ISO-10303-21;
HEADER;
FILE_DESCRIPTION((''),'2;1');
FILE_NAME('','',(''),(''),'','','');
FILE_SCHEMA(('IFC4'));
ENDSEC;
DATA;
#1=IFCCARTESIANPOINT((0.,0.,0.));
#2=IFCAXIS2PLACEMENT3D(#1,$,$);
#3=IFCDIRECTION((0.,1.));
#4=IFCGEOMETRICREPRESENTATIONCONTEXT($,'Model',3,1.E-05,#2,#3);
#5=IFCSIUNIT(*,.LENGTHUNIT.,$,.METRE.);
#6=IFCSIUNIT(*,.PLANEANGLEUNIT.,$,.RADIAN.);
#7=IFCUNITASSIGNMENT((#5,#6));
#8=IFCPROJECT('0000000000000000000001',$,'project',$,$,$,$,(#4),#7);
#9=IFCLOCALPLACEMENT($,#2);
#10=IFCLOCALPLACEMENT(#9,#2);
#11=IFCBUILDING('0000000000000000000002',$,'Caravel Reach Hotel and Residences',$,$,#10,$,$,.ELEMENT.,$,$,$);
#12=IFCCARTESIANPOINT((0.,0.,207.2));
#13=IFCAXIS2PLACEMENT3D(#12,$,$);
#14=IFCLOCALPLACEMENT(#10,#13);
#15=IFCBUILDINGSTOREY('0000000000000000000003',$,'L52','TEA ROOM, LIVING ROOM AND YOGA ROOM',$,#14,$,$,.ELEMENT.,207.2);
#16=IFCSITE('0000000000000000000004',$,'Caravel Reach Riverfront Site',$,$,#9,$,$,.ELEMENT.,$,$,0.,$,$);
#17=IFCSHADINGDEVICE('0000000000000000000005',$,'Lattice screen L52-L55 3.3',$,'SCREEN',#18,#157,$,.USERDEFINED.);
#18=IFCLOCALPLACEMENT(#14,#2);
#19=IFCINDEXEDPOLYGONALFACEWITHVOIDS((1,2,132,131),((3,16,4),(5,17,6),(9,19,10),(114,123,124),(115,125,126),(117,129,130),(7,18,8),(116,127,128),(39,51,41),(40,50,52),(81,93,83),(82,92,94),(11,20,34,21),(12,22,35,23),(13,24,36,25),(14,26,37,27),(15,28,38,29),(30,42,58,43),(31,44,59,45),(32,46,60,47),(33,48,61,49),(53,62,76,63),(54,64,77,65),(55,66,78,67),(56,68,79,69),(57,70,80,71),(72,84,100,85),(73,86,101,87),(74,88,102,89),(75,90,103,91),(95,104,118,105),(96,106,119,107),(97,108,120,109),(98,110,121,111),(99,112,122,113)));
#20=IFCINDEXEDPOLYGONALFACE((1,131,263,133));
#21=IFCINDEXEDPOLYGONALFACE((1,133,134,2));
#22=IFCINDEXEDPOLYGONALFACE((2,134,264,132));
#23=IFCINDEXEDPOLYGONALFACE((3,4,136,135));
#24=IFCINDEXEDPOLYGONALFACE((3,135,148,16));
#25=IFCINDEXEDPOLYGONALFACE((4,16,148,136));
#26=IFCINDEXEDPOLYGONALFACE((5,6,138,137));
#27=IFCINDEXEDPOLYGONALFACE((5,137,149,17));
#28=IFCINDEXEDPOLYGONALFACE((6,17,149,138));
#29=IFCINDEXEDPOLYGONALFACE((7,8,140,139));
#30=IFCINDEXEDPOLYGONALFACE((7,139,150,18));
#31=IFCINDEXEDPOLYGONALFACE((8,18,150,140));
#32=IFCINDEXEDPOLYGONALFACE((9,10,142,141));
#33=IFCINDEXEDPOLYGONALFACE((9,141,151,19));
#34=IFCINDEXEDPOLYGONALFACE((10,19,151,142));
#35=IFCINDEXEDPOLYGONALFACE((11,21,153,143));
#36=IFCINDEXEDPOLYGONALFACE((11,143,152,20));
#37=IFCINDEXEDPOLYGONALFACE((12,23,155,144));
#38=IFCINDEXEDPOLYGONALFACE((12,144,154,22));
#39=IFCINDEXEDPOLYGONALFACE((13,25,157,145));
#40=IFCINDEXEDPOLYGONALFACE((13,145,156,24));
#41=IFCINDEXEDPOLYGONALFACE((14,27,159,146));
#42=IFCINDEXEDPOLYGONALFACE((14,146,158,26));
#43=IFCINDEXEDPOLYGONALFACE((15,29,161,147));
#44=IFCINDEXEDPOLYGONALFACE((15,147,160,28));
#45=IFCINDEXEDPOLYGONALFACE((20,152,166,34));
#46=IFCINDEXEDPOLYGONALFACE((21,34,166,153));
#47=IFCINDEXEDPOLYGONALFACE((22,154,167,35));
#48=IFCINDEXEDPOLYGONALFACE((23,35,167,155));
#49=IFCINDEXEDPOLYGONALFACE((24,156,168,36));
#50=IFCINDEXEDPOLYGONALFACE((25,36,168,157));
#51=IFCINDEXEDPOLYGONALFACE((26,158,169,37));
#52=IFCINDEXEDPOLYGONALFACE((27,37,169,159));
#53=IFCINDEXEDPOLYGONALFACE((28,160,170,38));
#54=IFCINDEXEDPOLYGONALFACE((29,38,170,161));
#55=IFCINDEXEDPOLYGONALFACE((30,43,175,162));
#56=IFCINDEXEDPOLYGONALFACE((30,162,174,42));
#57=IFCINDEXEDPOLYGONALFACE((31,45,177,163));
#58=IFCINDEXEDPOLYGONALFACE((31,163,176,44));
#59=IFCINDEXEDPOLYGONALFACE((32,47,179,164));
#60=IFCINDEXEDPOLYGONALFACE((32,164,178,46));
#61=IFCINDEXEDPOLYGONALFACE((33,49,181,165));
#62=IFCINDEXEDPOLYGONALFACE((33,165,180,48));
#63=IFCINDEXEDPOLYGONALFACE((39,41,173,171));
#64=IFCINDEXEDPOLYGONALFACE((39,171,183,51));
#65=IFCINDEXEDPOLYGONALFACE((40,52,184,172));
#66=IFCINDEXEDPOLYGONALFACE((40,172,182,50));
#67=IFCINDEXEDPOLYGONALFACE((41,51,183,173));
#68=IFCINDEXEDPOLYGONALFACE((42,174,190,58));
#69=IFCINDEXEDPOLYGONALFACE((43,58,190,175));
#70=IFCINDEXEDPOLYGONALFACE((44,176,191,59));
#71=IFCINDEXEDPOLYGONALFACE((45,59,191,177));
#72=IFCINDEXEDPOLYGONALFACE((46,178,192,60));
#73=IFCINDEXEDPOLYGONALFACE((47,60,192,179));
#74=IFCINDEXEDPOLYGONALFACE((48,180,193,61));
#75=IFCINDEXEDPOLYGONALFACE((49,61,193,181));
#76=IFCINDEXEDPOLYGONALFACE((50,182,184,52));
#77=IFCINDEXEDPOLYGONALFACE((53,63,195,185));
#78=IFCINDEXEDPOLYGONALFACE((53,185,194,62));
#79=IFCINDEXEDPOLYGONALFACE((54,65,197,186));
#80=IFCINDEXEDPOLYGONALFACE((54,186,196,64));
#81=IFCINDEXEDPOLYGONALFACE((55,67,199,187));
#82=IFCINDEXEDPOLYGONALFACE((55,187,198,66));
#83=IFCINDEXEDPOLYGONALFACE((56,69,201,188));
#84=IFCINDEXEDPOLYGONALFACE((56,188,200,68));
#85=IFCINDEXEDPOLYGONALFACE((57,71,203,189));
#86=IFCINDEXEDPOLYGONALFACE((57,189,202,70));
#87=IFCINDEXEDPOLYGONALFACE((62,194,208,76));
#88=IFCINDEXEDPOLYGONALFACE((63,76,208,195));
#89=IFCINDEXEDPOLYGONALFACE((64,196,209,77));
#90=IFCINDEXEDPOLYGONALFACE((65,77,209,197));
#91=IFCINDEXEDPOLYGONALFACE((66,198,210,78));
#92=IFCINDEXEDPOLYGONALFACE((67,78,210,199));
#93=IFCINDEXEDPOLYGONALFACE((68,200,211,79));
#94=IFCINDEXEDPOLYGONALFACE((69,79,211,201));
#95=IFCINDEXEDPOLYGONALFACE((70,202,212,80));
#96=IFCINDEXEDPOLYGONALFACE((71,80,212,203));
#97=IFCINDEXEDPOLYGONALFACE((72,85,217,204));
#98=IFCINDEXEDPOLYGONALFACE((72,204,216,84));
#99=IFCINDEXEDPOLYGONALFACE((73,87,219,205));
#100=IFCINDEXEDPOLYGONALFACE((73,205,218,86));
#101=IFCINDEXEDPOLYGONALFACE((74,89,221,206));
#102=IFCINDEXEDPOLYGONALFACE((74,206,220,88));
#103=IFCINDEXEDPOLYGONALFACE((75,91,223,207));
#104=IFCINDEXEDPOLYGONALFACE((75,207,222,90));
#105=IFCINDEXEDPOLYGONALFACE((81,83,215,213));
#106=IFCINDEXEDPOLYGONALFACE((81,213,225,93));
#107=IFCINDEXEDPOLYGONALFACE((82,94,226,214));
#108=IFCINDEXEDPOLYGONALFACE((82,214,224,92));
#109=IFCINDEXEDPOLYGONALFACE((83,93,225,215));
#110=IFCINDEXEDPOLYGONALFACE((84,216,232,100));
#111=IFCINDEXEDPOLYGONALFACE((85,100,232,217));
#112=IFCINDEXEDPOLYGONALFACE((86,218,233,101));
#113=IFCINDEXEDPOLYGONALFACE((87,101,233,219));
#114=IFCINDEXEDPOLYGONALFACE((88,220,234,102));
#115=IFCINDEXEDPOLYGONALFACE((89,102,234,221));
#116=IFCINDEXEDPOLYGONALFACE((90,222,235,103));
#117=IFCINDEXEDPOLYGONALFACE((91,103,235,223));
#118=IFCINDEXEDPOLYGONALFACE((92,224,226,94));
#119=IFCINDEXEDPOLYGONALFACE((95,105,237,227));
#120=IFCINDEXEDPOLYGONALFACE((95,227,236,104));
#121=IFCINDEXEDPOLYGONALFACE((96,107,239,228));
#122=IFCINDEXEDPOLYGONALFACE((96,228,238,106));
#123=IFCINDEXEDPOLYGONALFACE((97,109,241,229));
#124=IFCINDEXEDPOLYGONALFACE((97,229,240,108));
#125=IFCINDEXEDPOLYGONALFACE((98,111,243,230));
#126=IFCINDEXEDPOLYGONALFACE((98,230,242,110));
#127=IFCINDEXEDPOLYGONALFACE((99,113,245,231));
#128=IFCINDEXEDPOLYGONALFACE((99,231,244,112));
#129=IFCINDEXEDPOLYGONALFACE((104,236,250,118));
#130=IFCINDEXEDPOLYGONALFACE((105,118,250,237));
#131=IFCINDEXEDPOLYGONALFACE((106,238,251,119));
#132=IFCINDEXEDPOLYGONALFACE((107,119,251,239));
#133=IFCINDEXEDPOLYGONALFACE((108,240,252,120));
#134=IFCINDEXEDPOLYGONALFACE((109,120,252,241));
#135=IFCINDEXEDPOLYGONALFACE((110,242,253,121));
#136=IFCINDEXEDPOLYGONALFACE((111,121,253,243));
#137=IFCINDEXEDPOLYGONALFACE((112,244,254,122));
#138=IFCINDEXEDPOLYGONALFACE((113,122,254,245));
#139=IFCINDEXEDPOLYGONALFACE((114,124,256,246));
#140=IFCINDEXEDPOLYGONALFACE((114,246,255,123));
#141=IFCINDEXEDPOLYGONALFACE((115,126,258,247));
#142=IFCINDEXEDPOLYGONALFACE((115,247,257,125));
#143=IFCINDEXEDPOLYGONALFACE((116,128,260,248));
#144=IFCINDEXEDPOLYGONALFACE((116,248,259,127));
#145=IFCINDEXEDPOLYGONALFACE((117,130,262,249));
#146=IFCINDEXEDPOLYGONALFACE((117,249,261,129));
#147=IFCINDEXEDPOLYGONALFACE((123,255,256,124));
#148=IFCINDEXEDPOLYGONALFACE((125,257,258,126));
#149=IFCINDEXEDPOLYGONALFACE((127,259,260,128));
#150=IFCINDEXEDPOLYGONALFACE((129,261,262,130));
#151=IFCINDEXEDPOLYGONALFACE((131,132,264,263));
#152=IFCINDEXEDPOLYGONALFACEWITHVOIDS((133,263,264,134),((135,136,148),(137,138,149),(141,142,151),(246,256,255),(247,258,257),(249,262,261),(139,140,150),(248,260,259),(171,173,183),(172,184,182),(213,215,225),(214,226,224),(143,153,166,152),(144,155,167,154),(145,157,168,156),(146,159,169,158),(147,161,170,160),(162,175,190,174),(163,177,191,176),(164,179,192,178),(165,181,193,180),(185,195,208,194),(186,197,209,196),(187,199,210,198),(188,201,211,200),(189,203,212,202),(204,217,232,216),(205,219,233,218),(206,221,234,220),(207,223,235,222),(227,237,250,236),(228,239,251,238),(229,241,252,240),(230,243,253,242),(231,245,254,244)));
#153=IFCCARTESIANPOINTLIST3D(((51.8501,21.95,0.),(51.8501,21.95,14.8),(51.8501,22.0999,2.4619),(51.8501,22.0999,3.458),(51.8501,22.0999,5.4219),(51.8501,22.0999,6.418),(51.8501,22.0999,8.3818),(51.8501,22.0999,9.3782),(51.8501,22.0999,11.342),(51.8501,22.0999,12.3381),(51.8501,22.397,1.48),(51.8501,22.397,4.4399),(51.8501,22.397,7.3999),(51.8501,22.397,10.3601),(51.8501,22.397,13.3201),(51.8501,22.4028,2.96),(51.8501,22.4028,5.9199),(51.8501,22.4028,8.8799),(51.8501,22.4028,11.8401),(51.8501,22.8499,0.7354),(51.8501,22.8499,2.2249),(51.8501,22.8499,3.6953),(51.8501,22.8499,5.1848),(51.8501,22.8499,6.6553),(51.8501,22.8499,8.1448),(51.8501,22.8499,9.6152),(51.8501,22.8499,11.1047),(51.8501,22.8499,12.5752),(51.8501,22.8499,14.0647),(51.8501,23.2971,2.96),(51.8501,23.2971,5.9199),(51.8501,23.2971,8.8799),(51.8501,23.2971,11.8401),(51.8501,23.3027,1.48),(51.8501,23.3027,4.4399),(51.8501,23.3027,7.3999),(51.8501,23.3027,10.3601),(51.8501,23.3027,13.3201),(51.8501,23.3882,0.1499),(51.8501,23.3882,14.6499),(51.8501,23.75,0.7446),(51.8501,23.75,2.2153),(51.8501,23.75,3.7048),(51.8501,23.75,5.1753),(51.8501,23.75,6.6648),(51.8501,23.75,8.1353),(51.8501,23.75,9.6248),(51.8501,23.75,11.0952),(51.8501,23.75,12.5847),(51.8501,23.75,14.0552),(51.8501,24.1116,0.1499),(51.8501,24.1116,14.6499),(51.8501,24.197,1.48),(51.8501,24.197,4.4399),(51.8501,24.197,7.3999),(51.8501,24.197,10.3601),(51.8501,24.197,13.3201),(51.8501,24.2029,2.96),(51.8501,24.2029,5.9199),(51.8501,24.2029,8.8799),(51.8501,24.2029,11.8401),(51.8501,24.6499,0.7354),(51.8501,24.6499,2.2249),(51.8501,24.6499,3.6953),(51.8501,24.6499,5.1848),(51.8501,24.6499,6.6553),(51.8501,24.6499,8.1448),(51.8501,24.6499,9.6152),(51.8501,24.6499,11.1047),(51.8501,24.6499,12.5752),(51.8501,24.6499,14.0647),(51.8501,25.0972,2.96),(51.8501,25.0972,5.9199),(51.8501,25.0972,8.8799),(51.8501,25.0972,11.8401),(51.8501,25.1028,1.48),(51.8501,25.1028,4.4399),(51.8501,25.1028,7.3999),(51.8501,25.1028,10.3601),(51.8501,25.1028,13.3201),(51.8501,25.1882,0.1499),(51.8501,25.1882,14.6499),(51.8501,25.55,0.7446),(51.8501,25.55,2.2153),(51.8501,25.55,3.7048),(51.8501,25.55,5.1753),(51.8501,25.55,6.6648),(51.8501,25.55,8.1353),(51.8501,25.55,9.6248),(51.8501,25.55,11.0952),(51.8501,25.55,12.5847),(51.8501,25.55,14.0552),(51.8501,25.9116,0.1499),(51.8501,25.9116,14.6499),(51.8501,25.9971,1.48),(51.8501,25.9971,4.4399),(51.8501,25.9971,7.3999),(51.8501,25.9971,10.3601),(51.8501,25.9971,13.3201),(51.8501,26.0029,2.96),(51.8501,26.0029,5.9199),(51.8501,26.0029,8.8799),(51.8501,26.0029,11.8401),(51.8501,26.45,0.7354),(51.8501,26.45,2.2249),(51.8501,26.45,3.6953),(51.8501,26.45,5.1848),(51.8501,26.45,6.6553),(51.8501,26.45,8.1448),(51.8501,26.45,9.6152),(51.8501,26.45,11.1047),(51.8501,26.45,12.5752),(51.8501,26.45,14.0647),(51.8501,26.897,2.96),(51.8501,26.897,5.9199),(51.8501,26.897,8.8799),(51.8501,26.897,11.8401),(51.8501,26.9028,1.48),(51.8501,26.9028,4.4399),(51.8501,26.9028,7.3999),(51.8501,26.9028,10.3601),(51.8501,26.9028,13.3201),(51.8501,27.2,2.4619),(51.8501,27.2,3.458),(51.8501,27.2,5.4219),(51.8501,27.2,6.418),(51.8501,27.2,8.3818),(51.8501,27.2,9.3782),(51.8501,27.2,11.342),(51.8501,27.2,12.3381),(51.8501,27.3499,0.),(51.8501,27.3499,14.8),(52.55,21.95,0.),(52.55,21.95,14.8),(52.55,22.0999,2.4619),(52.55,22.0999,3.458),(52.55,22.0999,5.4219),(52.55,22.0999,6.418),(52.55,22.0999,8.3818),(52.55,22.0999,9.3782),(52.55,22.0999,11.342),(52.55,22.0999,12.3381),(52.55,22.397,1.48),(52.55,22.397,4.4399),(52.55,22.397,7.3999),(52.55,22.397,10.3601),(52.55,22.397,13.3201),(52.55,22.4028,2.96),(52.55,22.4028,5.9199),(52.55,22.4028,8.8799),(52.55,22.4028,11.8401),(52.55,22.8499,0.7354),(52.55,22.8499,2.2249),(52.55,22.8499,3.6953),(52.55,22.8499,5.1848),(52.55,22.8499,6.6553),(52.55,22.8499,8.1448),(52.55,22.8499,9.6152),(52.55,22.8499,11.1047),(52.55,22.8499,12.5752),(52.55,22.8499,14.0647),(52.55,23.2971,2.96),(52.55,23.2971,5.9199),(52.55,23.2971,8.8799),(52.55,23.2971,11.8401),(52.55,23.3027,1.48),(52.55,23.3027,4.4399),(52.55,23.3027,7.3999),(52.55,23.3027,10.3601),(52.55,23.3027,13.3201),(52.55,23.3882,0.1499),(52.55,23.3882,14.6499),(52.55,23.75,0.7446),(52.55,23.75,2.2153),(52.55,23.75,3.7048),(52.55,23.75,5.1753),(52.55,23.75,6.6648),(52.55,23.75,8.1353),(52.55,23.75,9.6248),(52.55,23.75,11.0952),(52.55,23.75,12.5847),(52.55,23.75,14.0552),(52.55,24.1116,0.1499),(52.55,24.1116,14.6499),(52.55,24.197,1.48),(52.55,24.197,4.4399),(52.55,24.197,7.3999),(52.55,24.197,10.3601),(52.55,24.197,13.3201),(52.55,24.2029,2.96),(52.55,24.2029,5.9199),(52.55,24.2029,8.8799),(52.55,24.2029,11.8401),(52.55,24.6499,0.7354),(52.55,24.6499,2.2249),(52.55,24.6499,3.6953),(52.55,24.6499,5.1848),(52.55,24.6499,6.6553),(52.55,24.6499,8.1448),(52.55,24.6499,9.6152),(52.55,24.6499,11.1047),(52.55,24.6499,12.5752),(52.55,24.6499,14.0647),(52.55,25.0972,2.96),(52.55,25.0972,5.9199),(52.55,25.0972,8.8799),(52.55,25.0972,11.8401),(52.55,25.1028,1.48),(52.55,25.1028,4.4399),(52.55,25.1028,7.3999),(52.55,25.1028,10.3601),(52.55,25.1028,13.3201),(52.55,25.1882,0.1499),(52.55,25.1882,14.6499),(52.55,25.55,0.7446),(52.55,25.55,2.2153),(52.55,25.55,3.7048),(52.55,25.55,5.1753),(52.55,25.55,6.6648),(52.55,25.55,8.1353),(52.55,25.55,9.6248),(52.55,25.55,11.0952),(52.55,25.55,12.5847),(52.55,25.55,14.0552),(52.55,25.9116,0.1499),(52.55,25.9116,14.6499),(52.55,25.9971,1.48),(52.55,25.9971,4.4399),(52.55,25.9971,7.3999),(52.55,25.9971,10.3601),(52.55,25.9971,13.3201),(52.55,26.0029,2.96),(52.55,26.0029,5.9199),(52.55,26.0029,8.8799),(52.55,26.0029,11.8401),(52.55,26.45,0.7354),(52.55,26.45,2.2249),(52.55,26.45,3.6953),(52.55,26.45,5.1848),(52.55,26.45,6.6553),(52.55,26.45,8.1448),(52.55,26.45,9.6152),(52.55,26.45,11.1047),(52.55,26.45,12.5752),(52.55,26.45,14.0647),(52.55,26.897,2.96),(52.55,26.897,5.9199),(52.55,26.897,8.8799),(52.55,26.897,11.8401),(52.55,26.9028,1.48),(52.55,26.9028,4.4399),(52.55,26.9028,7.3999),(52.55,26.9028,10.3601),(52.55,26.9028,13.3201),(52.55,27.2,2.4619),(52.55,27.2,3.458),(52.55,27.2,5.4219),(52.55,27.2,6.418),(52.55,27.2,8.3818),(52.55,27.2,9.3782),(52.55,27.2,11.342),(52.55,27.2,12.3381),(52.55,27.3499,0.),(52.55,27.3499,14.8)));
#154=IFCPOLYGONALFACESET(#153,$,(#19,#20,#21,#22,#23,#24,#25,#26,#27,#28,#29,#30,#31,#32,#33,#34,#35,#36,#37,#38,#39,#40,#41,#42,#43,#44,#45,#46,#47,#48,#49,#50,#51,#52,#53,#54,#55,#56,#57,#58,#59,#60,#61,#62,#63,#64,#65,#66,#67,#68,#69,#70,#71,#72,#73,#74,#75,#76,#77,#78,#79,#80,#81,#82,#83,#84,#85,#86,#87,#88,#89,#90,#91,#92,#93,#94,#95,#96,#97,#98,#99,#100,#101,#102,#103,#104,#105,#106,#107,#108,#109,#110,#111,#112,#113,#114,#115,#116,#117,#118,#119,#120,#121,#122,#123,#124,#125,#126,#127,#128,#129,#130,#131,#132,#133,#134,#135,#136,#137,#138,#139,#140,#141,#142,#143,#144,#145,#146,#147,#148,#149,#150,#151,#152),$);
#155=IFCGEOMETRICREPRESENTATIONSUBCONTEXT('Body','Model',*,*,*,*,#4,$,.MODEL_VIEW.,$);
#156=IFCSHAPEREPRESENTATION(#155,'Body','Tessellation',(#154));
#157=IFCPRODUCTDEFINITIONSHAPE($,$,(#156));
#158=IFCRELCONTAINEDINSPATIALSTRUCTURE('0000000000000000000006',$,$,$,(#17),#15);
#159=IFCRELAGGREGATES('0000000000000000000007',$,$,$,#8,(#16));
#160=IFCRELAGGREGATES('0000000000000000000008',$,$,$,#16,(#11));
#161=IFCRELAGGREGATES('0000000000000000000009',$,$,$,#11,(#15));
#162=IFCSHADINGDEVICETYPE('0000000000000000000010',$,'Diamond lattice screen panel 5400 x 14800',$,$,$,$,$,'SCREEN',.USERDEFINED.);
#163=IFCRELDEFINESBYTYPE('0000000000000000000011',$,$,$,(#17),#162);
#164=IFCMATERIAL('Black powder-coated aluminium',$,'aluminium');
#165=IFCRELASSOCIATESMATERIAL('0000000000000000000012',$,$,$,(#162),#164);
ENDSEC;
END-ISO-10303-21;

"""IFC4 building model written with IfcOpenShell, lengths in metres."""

from ifc_helpers import new_model, si_unit, direction, frame, origin, place, context, subcontext, project, spatial, polyline, outline, extrude, material, type_object, element, save


model = new_model("IFC4")

# Units and contexts
model_context = context("Model", 3, precision=1e-05, world=origin(), true_north=direction((0.0, 1.0)))
body_context = subcontext(model_context, "Body", "Model", "MODEL_VIEW")
ifc_project = project(units=[si_unit("LENGTHUNIT", "METRE"), si_unit("PLANEANGLEUNIT", "RADIAN")], contexts=[model_context])

# Site, building, storey
site_placement = place(None, origin())
site = spatial("IfcSite", under=ifc_project, at=site_placement, Name="Caravel Reach Riverfront Site", CompositionType="ELEMENT", RefElevation=0.0)
building_placement = place(site_placement, origin())
building = spatial("IfcBuilding", under=site, at=building_placement, Name="Caravel Reach Hotel and Residences", CompositionType="ELEMENT")
storey_placement = place(building_placement, frame((0.0, 0.0, 207.2)))
storey = spatial("IfcBuildingStorey", under=building, at=storey_placement, Name="L52", Description="TEA ROOM, LIVING ROOM AND YOGA ROOM", CompositionType="ELEMENT", Elevation=207.2)

# Shading device
ifc_material_1 = material(Name="Black powder-coated aluminium", Category="aluminium")
shading_device_type = type_object("IfcShadingDeviceType", Name="Diamond lattice screen panel 5400 x 14800", ElementType="SCREEN", PredefinedType="USERDEFINED", material=ifc_material_1)
shading_device_1_placement = place(storey_placement, frame((51.8501, 21.95, 0.0), z_axis=(1.0, 0.0, 0.0), x_axis=(0.0, 1.0, 0.0)))
element("IfcShadingDevice", 1, at=shading_device_1_placement, inside=storey, type_object=shading_device_type, Name="Lattice screen L52-L55 3.3", ObjectType="SCREEN", PredefinedType="USERDEFINED", context=body_context, shape_type="SweptSolid", body=[
    extrude(outline(polyline([(0.0, 0.0), (5.3999, 0.0), (5.3999, 14.8), (0.0, 14.8), (0.0, 0.0)]), holes=[polyline([(0.4529, 2.96), (0.1499, 3.458), (0.1499, 2.4619), (0.4529, 2.96)]), polyline([(0.4529, 5.9199), (0.1499, 6.418), (0.1499, 5.4219), (0.4529, 5.9199)]), polyline([(0.4529, 8.8799), (0.1499, 9.3782), (0.1499, 8.3818), (0.4529, 8.8799)]), polyline([(0.4529, 11.8401), (0.1499, 12.3381), (0.1499, 11.342), (0.4529, 11.8401)]), polyline([(0.8999, 2.2249), (0.447, 1.48), (0.8999, 0.7354), (1.3528, 1.48), (0.8999, 2.2249)]), polyline([(0.8999, 5.1848), (0.447, 4.4399), (0.8999, 3.6953), (1.3528, 4.4399), (0.8999, 5.1848)]), polyline([(0.8999, 8.1448), (0.447, 7.3999), (0.8999, 6.6553), (1.3528, 7.3999), (0.8999, 8.1448)]), polyline([(0.8999, 11.1047), (0.447, 10.3601), (0.8999, 9.6152), (1.3528, 10.3601), (0.8999, 11.1047)]), polyline([(0.8999, 14.0647), (0.447, 13.3201), (0.8999, 12.5752), (1.3528, 13.3201), (0.8999, 14.0647)]), polyline([(1.8, 0.7446), (1.4382, 0.1499), (2.1616, 0.1499), (1.8, 0.7446)]), polyline([(1.8, 3.7048), (1.3472, 2.96), (1.8, 2.2153), (2.2529, 2.96), (1.8, 3.7048)]), polyline([(1.8, 6.6648), (1.3472, 5.9199), (1.8, 5.1753), (2.2529, 5.9199), (1.8, 6.6648)]), polyline([(1.8, 9.6248), (1.3472, 8.8799), (1.8, 8.1353), (2.2529, 8.8799), (1.8, 9.6248)]), polyline([(1.8, 12.5847), (1.3472, 11.8401), (1.8, 11.0952), (2.2529, 11.8401), (1.8, 12.5847)]), polyline([(1.8, 14.0552), (2.1616, 14.6499), (1.4382, 14.6499), (1.8, 14.0552)]), polyline([(2.7, 2.2249), (2.2471, 1.48), (2.7, 0.7354), (3.1528, 1.48), (2.7, 2.2249)]), polyline([(2.7, 5.1848), (2.2471, 4.4399), (2.7, 3.6953), (3.1528, 4.4399), (2.7, 5.1848)]), polyline([(2.7, 8.1448), (2.2471, 7.3999), (2.7, 6.6553), (3.1528, 7.3999), (2.7, 8.1448)]), polyline([(2.7, 11.1047), (2.2471, 10.3601), (2.7, 9.6152), (3.1528, 10.3601), (2.7, 11.1047)]), polyline([(2.7, 14.0647), (2.2471, 13.3201), (2.7, 12.5752), (3.1528, 13.3201), (2.7, 14.0647)]), polyline([(3.6001, 0.7446), (3.2383, 0.1499), (3.9617, 0.1499), (3.6001, 0.7446)]), polyline([(3.6001, 3.7048), (3.1472, 2.96), (3.6001, 2.2153), (4.053, 2.96), (3.6001, 3.7048)]), polyline([(3.6001, 6.6648), (3.1472, 5.9199), (3.6001, 5.1753), (4.053, 5.9199), (3.6001, 6.6648)]), polyline([(3.6001, 9.6248), (3.1472, 8.8799), (3.6001, 8.1353), (4.053, 8.8799), (3.6001, 9.6248)]), polyline([(3.6001, 12.5847), (3.1472, 11.8401), (3.6001, 11.0952), (4.053, 11.8401), (3.6001, 12.5847)]), polyline([(3.6001, 14.0552), (3.9617, 14.6499), (3.2383, 14.6499), (3.6001, 14.0552)]), polyline([(4.5, 2.2249), (4.0471, 1.48), (4.5, 0.7354), (4.9529, 1.48), (4.5, 2.2249)]), polyline([(4.5, 5.1848), (4.0471, 4.4399), (4.5, 3.6953), (4.9529, 4.4399), (4.5, 5.1848)]), polyline([(4.5, 8.1448), (4.0471, 7.3999), (4.5, 6.6553), (4.9529, 7.3999), (4.5, 8.1448)]), polyline([(4.5, 11.1047), (4.0471, 10.3601), (4.5, 9.6152), (4.9529, 10.3601), (4.5, 11.1047)]), polyline([(4.5, 14.0647), (4.0471, 13.3201), (4.5, 12.5752), (4.9529, 13.3201), (4.5, 14.0647)]), polyline([(4.947, 2.96), (5.25, 2.4619), (5.25, 3.458), (4.947, 2.96)]), polyline([(4.947, 5.9199), (5.25, 5.4219), (5.25, 6.418), (4.947, 5.9199)]), polyline([(4.947, 8.8799), (5.25, 8.3818), (5.25, 9.3782), (4.947, 8.8799)]), polyline([(4.947, 11.8401), (5.25, 11.342), (5.25, 12.3381), (4.947, 11.8401)])]), origin(), (0.0, 0.0, 1.0), 0.7),
])

save(model, "model.ifc")
